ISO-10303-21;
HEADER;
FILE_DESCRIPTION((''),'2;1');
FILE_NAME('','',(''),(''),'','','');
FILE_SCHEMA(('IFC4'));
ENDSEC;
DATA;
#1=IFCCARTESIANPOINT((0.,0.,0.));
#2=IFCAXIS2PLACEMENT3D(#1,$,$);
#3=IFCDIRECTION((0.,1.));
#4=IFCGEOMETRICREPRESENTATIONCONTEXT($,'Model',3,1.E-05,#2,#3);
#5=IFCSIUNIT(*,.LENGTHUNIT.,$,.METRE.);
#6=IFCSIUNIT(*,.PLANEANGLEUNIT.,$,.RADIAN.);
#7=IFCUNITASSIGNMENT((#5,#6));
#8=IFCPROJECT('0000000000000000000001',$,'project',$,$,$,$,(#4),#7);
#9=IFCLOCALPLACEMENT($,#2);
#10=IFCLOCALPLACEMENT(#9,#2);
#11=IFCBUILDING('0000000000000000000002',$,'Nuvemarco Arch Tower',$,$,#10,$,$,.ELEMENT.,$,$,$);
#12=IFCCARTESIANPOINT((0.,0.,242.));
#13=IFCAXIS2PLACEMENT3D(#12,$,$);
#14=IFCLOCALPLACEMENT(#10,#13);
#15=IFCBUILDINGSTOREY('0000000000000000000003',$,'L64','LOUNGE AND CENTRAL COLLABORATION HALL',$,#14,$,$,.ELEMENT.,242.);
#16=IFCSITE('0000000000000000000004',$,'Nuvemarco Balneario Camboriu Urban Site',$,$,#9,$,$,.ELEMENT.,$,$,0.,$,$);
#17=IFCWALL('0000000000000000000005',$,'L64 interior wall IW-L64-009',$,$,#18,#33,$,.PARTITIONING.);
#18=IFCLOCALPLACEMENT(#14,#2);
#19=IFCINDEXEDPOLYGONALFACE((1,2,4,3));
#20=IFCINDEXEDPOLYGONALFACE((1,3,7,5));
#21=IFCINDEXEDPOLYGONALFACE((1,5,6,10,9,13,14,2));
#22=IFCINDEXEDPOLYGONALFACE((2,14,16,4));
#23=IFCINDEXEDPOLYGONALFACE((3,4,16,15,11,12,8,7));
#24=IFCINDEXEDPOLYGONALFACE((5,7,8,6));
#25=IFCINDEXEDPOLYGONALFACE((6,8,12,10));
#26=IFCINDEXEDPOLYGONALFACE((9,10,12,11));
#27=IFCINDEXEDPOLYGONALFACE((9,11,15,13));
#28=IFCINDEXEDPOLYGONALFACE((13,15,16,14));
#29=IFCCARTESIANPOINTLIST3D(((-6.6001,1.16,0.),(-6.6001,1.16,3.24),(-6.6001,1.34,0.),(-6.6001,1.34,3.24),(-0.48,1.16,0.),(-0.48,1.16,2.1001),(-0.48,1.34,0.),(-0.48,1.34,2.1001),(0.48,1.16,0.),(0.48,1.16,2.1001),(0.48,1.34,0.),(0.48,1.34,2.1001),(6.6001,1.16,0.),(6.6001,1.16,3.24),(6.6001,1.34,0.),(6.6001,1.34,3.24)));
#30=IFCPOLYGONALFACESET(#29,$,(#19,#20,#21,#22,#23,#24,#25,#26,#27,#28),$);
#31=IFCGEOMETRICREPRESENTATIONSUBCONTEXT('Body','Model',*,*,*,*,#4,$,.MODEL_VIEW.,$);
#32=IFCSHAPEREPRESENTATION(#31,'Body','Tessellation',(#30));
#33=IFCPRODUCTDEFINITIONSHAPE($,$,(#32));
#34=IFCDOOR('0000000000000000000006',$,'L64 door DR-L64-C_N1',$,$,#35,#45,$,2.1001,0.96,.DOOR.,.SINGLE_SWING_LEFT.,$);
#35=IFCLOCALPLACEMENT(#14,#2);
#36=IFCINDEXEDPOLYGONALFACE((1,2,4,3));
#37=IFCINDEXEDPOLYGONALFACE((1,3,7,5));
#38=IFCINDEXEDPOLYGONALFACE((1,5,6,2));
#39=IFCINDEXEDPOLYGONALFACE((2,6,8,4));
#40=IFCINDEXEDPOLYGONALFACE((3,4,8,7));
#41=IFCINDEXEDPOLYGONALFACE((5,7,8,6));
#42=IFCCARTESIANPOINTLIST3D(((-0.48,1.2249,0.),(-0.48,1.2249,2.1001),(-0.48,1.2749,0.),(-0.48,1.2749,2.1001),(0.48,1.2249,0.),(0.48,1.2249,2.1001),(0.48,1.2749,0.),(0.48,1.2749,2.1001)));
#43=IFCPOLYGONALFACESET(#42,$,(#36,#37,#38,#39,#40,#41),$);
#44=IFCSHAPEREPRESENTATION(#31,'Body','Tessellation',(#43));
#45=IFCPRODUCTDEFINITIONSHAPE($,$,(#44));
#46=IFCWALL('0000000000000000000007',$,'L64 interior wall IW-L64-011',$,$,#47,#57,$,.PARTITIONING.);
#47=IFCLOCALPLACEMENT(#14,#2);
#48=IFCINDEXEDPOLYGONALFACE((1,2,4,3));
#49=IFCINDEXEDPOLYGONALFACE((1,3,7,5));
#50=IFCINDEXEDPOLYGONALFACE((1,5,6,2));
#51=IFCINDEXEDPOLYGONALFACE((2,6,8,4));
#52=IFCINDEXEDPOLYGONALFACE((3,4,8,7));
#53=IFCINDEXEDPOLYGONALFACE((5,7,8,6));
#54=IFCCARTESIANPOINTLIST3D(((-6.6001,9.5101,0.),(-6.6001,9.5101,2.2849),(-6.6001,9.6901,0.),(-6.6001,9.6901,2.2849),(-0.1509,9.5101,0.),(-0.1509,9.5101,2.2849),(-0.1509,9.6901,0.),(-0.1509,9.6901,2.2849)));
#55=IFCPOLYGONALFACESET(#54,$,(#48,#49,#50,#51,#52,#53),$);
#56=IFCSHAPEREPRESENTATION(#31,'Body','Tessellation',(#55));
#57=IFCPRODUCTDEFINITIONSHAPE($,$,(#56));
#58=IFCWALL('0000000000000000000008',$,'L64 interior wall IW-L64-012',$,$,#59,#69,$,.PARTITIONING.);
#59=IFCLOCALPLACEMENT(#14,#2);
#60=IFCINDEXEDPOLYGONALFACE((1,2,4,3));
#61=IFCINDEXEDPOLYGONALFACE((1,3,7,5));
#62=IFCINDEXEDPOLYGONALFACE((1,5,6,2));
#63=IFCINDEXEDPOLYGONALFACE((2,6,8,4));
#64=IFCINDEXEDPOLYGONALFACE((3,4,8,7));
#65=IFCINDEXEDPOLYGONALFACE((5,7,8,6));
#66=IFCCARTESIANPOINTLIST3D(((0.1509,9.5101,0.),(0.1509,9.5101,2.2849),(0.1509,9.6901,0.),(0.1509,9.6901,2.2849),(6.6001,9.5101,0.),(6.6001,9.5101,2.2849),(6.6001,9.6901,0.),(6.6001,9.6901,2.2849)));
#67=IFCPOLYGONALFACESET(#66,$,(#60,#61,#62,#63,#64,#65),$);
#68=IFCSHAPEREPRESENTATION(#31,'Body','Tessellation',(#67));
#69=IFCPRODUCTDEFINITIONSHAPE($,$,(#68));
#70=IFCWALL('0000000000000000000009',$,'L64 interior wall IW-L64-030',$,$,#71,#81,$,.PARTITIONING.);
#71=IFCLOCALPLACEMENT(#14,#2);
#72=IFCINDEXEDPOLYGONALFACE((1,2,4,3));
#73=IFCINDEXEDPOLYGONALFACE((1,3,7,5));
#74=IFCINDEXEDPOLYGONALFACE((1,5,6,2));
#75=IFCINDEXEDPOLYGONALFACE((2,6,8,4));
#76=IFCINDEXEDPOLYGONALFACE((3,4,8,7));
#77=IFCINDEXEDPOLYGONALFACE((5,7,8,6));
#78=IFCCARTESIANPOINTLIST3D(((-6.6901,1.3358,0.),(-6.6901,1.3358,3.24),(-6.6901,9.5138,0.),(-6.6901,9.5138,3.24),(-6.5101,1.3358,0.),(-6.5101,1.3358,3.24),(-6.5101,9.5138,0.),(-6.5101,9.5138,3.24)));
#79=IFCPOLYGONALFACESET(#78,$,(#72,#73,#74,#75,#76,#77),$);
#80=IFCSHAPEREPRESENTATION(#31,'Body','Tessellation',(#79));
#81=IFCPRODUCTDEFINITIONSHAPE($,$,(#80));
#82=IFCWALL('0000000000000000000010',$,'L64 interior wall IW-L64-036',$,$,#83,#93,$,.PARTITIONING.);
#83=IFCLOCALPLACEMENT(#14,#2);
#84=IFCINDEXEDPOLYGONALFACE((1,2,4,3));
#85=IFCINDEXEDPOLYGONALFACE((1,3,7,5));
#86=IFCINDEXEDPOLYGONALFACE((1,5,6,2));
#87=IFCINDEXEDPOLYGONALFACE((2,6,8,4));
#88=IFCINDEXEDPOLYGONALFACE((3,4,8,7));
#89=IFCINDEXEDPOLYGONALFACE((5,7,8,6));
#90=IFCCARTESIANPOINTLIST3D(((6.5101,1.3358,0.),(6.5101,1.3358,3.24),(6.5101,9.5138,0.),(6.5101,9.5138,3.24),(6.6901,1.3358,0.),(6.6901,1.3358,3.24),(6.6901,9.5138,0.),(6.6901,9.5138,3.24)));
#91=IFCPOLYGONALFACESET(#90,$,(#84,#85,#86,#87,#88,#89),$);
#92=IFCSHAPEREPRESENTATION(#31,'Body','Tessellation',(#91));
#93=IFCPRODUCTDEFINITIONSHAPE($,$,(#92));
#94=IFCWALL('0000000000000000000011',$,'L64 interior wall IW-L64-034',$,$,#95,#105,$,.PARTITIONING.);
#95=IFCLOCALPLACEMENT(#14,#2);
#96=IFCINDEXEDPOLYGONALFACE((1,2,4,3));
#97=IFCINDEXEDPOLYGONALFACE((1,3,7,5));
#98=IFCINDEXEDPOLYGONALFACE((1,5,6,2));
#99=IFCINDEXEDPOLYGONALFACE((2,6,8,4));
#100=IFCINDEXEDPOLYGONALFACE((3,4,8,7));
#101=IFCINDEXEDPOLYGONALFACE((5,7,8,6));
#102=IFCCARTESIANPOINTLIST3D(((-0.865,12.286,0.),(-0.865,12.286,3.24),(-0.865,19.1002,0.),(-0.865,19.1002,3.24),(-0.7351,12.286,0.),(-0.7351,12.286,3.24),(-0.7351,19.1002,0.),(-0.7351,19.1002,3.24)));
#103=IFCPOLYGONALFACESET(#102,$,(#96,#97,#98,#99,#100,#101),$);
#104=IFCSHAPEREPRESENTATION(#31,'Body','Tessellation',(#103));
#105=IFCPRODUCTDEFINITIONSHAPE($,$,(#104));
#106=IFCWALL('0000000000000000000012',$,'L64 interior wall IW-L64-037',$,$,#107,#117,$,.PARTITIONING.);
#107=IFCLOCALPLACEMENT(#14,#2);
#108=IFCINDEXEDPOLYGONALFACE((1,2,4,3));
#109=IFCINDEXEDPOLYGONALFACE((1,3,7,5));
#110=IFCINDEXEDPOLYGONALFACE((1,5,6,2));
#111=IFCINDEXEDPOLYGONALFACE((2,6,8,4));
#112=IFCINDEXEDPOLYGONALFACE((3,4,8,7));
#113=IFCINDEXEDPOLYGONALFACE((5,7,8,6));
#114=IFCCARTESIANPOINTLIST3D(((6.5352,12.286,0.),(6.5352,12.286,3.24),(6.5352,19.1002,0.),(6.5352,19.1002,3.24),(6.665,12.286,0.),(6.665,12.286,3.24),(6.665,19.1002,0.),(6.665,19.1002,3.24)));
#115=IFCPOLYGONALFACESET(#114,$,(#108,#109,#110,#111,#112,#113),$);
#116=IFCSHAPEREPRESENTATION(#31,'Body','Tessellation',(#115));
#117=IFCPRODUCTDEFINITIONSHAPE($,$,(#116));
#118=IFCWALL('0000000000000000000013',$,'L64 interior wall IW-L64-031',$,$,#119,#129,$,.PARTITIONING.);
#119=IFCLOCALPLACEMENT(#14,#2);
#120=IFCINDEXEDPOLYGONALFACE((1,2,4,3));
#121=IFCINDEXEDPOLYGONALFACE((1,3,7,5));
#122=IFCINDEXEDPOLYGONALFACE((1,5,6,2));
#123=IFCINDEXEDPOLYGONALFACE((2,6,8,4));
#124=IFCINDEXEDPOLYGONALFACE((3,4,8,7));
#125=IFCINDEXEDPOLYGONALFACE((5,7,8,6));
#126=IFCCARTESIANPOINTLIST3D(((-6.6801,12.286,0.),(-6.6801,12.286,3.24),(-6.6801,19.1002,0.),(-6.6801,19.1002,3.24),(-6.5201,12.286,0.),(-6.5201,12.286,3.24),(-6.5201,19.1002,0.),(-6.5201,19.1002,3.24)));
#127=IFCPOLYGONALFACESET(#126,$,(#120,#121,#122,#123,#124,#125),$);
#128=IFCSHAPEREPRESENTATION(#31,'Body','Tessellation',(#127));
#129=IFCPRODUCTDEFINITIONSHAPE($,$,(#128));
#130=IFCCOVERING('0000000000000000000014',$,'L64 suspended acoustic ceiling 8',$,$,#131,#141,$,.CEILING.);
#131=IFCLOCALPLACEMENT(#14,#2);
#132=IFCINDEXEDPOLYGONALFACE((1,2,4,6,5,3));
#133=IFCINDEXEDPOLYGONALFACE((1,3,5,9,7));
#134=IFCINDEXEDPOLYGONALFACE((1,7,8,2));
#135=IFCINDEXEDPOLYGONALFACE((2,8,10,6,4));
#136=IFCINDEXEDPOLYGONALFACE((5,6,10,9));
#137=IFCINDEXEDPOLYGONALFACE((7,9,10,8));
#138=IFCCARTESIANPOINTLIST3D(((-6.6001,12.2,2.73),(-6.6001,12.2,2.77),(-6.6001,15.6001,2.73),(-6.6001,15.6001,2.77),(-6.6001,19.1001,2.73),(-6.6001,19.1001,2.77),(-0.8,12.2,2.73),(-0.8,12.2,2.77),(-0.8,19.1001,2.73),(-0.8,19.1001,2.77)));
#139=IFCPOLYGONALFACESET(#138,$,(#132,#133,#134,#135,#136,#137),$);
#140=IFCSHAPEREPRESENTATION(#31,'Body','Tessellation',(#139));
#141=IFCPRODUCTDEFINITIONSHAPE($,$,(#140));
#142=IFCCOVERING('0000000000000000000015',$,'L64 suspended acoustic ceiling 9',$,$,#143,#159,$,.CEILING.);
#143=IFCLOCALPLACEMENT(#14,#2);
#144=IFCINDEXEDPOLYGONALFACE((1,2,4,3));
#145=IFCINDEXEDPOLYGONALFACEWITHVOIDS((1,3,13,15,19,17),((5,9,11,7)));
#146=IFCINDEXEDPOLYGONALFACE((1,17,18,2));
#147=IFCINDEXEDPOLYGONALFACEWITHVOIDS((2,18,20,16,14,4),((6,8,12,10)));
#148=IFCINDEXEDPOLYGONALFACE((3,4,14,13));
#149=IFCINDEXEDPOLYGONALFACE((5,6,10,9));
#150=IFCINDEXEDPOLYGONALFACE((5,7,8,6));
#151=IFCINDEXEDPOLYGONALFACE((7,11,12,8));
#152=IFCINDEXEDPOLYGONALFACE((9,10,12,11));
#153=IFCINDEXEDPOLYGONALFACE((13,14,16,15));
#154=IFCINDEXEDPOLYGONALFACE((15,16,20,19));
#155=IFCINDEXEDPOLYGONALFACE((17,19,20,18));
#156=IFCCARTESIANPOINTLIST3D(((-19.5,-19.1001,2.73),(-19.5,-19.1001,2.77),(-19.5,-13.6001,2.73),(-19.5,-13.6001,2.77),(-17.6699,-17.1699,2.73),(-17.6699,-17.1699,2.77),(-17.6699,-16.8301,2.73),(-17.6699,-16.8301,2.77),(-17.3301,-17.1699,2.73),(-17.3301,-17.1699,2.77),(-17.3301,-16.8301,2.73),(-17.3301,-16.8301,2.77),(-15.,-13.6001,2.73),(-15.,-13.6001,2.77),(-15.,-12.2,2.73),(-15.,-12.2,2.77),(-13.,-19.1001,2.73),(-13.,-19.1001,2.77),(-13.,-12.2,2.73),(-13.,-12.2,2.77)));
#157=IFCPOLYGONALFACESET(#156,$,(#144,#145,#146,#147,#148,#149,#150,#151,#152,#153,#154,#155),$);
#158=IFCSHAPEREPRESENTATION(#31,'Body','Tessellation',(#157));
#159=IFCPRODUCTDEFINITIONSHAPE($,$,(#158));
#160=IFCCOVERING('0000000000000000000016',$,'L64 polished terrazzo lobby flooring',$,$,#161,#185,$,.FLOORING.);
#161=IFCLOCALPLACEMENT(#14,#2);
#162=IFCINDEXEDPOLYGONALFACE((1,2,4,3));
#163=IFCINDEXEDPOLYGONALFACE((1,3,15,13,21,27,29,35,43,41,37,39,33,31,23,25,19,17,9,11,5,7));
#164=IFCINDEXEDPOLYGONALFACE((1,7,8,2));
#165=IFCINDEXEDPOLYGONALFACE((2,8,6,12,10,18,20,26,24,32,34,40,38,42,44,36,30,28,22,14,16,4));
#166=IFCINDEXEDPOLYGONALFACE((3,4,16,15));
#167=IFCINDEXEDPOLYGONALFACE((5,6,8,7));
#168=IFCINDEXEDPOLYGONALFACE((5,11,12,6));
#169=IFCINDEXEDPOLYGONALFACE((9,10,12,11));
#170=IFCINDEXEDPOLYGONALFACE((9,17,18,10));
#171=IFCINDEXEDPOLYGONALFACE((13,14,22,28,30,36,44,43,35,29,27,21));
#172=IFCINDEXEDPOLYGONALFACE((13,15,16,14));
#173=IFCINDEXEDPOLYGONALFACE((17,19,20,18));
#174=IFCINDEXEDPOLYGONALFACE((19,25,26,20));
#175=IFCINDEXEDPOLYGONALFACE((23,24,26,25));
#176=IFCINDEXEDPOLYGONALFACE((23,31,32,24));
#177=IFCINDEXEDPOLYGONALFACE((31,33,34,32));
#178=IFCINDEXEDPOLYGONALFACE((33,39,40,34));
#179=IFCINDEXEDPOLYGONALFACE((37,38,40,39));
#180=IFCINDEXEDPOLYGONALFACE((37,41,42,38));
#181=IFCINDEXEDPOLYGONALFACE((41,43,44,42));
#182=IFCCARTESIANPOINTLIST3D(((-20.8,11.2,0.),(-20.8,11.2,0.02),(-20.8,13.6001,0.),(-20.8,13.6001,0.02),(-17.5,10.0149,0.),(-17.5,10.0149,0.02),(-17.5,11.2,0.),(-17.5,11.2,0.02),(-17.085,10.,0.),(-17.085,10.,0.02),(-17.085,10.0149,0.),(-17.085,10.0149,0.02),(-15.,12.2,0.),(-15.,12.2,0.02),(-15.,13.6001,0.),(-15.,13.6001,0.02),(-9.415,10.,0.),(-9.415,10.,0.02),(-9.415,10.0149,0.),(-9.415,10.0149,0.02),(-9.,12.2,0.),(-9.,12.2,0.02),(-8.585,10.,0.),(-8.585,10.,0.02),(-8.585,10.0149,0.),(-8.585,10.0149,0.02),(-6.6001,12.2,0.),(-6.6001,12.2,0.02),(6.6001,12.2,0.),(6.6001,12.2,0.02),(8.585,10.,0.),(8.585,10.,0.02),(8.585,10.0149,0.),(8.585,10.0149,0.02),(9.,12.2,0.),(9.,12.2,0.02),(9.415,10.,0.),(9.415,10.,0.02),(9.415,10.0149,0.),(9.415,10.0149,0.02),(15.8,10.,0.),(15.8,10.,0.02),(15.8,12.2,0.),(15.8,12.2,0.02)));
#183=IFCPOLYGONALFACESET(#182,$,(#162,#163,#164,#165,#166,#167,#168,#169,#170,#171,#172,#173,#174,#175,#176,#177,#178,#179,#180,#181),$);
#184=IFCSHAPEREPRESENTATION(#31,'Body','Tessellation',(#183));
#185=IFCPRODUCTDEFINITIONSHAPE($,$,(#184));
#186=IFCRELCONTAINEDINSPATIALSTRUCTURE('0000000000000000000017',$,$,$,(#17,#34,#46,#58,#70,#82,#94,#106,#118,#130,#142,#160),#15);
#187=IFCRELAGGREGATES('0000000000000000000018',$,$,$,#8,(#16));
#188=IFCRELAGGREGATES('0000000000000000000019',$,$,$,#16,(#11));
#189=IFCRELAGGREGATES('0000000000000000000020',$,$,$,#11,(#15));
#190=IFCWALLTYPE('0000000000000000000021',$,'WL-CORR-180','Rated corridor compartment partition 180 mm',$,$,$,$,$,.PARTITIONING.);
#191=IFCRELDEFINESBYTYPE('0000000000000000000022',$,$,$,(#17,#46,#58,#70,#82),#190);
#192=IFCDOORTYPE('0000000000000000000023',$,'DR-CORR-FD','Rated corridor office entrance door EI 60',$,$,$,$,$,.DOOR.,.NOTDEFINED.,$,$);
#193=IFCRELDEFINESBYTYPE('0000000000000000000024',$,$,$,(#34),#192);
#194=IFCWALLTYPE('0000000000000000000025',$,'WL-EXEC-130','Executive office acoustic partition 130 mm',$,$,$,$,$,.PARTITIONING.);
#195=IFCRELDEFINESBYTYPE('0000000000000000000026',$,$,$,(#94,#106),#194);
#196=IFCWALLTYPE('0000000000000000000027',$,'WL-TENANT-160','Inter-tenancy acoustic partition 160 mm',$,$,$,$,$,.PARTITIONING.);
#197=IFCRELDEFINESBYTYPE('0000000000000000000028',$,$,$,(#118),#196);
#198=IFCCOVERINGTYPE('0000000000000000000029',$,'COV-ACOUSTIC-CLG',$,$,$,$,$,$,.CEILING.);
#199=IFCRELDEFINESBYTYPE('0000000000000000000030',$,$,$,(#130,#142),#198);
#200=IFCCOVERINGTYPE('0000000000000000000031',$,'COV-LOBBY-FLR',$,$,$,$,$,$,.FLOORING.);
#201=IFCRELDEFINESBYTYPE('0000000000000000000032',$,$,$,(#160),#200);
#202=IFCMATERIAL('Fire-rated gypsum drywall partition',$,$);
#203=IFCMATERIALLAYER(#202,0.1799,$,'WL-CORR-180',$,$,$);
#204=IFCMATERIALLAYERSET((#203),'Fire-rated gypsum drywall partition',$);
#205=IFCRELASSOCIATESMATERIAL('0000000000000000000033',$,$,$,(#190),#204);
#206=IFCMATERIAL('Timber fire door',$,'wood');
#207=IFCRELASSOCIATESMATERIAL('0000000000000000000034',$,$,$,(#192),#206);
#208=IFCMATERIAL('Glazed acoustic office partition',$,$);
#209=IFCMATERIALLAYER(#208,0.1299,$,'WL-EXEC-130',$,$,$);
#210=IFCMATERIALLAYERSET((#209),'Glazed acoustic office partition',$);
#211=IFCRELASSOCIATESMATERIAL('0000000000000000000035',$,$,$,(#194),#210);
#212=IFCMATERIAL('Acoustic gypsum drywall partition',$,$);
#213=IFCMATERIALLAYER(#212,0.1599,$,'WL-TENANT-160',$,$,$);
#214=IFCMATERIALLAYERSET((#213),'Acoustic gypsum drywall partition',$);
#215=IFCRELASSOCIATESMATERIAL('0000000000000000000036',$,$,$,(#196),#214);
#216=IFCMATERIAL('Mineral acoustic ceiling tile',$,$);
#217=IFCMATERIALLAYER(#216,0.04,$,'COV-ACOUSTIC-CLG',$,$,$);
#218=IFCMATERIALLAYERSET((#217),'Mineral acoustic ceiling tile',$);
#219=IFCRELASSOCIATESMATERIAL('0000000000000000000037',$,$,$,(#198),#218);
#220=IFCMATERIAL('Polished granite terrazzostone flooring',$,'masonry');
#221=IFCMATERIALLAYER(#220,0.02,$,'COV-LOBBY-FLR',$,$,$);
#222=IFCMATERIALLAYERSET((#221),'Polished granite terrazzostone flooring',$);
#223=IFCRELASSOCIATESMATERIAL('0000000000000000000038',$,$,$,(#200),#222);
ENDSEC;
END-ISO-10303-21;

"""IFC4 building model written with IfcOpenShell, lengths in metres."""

from ifc_helpers import new_model, si_unit, direction, frame, frame_2d, origin, place, context, subcontext, project, spatial, polyline, rectangle, outline, extrude, source, transform, mapped, material, layer, layer_set, type_object, type_shapes, element, fill, save


model = new_model("IFC4")

# Units and contexts
model_context = context("Model", 3, precision=1e-05, world=origin(), true_north=direction((0.0, 1.0)))
body_context = subcontext(model_context, "Body", "Model", "MODEL_VIEW")
ifc_project = project(units=[si_unit("LENGTHUNIT", "METRE"), si_unit("PLANEANGLEUNIT", "RADIAN")], contexts=[model_context])

# Site, building, storey
site_placement = place(None, origin())
site = spatial("IfcSite", under=ifc_project, at=site_placement, Name="Nuvemarco Balneario Camboriu Urban Site", CompositionType="ELEMENT", RefElevation=0.0)
building_placement = place(site_placement, origin())
building = spatial("IfcBuilding", under=site, at=building_placement, Name="Nuvemarco Arch Tower", CompositionType="ELEMENT")
storey_placement = place(building_placement, frame((0.0, 0.0, 242.0)))
storey = spatial("IfcBuildingStorey", under=building, at=storey_placement, Name="L64", Description="LOUNGE AND CENTRAL COLLABORATION HALL", CompositionType="ELEMENT", Elevation=242.0)

# Wall, opening, door
ifc_material_1 = material(Name="Fire-rated gypsum drywall partition")
ifc_layer_1 = layer(ifc_material_1, 0.1799, Name="WL-CORR-180")
ifc_layer_set_1 = layer_set([ifc_layer_1], Name="Fire-rated gypsum drywall partition")
wall_type_1 = type_object("IfcWallType", Name="WL-CORR-180", Description="Rated corridor compartment partition 180 mm", PredefinedType="PARTITIONING", material=ifc_layer_set_1)
wall_1_placement = place(storey_placement, frame((-6.6001, 1.25, 0.0), z_axis=(0.0, 0.0, 1.0), x_axis=(1.0, 0.0, 0.0)))
wall_1 = element("IfcWall", 1, at=wall_1_placement, inside=storey, type_object=wall_type_1, Name="L64 interior wall IW-L64-009", PredefinedType="PARTITIONING", context=body_context, shape_type="SweptSolid", body=[
    extrude(rectangle(XDim=13.2002, YDim=0.1799, at=frame_2d((6.6001, 0.0))), origin(), (0.0, 0.0, 1.0), 3.24),
])
opening_placement = place(wall_1_placement, frame((6.1201, 0.0, 0.0)))
opening = element("IfcOpeningElement", 2, at=opening_placement, cuts=wall_1, PredefinedType="OPENING", context=body_context, shape_type="SweptSolid", body=[
    extrude(rectangle(XDim=0.96, YDim=2.1001, at=frame_2d((0.48, 1.05))), frame((0.0, 0.0999, 0.0), z_axis=(0.0, -1.0, 0.0), x_axis=(1.0, 0.0, 0.0)), (0.0, 0.0, 1.0), 0.2),
])
ifc_material_2 = material(Name="Timber fire door", Category="wood")
door_type = type_object("IfcDoorType", Name="DR-CORR-FD", Description="Rated corridor office entrance door EI 60", OperationType="NOTDEFINED", PredefinedType="DOOR", material=ifc_material_2)
shared_shape_1 = source(origin(), body_context, "Body", "SweptSolid", [
    extrude(rectangle(XDim=0.96, YDim=2.1001, at=frame_2d((0.48, 1.05))), frame((0.0, 0.0249, 0.0), z_axis=(0.0, -1.0, 0.0), x_axis=(1.0, 0.0, 0.0)), (0.0, 0.0, 1.0), 0.05),
])
type_shapes(door_type, [shared_shape_1])
door_placement = place(opening_placement, origin())
door = element("IfcDoor", 3, at=door_placement, inside=storey, type_object=door_type, Name="L64 door DR-L64-C_N1", OperationType="SINGLE_SWING_LEFT", OverallHeight=2.1001, OverallWidth=0.96, PredefinedType="DOOR", context=body_context, shape_type="MappedRepresentation", body=[
    mapped(shared_shape_1, transform((0.0, 0.0, 0.0), scale=1.0)),
])
fill(opening, door)

# Walls
for number, where, z_axis, x_axis, name in (
    (4, (-6.6001, 9.6001, 0.0), (0.0, 0.0, 1.0), (1.0, 0.0, 0.0), "L64 interior wall IW-L64-011"),
    (5, (0.1509, 9.6001, 0.0), (0.0, 0.0, 1.0), (1.0, 0.0, 0.0), "L64 interior wall IW-L64-012"),
):
    element("IfcWall", number, at=place(storey_placement, frame(where, z_axis=z_axis, x_axis=x_axis)), inside=storey, type_object=wall_type_1, Name=name, PredefinedType="PARTITIONING", context=body_context, shape_type="SweptSolid", body=[
        extrude(rectangle(XDim=6.4492, YDim=0.1799, at=frame_2d((3.2246, 0.0))), origin(), (0.0, 0.0, 1.0), 2.2849),
    ])
for number, where, z_axis, x_axis, name in (
    (6, (-6.6001, 1.3359, 0.0), (0.0, 0.0, 1.0), (0.0, 1.0, 0.0), "L64 interior wall IW-L64-030"),
    (7, (6.6001, 1.3359, 0.0), (0.0, 0.0, 1.0), (0.0, 1.0, 0.0), "L64 interior wall IW-L64-036"),
):
    element("IfcWall", number, at=place(storey_placement, frame(where, z_axis=z_axis, x_axis=x_axis)), inside=storey, type_object=wall_type_1, Name=name, PredefinedType="PARTITIONING", context=body_context, shape_type="SweptSolid", body=[
        extrude(rectangle(XDim=8.178, YDim=0.1799, at=frame_2d((4.0889, 0.0))), origin(), (0.0, 0.0, 1.0), 3.24),
    ])
ifc_material_3 = material(Name="Glazed acoustic office partition")
ifc_layer_2 = layer(ifc_material_3, 0.1299, Name="WL-EXEC-130")
ifc_layer_set_2 = layer_set([ifc_layer_2], Name="Glazed acoustic office partition")
wall_type_2 = type_object("IfcWallType", Name="WL-EXEC-130", Description="Executive office acoustic partition 130 mm", PredefinedType="PARTITIONING", material=ifc_layer_set_2)
for number, where, z_axis, x_axis, name in (
    (8, (-0.8, 12.2859, 0.0), (0.0, 0.0, 1.0), (0.0, 1.0, 0.0), "L64 interior wall IW-L64-034"),
    (9, (6.6001, 12.2859, 0.0), (0.0, 0.0, 1.0), (0.0, 1.0, 0.0), "L64 interior wall IW-L64-037"),
):
    element("IfcWall", number, at=place(storey_placement, frame(where, z_axis=z_axis, x_axis=x_axis)), inside=storey, type_object=wall_type_2, Name=name, PredefinedType="PARTITIONING", context=body_context, shape_type="SweptSolid", body=[
        extrude(rectangle(XDim=6.8142, YDim=0.1299, at=frame_2d((3.4072, 0.0))), origin(), (0.0, 0.0, 1.0), 3.24),
    ])
ifc_material_4 = material(Name="Acoustic gypsum drywall partition")
ifc_layer_3 = layer(ifc_material_4, 0.1599, Name="WL-TENANT-160")
ifc_layer_set_3 = layer_set([ifc_layer_3], Name="Acoustic gypsum drywall partition")
wall_type_3 = type_object("IfcWallType", Name="WL-TENANT-160", Description="Inter-tenancy acoustic partition 160 mm", PredefinedType="PARTITIONING", material=ifc_layer_set_3)
wall_2_placement = place(storey_placement, frame((-6.6001, 12.2859, 0.0), z_axis=(0.0, 0.0, 1.0), x_axis=(0.0, 1.0, 0.0)))
element("IfcWall", 10, at=wall_2_placement, inside=storey, type_object=wall_type_3, Name="L64 interior wall IW-L64-031", PredefinedType="PARTITIONING", context=body_context, shape_type="SweptSolid", body=[
    extrude(rectangle(XDim=6.8142, YDim=0.1599, at=frame_2d((3.4072, 0.0))), origin(), (0.0, 0.0, 1.0), 3.24),
])

# Coverings
ifc_material_5 = material(Name="Mineral acoustic ceiling tile")
ifc_layer_4 = layer(ifc_material_5, 0.04, Name="COV-ACOUSTIC-CLG")
ifc_layer_set_4 = layer_set([ifc_layer_4], Name="Mineral acoustic ceiling tile")
covering_type_1 = type_object("IfcCoveringType", Name="COV-ACOUSTIC-CLG", PredefinedType="CEILING", material=ifc_layer_set_4)
covering_1_placement = place(storey_placement, frame((0.0, 0.0, 2.73)))
element("IfcCovering", 11, at=covering_1_placement, inside=storey, type_object=covering_type_1, Name="L64 suspended acoustic ceiling 8", PredefinedType="CEILING", context=body_context, shape_type="SweptSolid", body=[
    extrude(outline(polyline([(-0.8, 12.2), (-6.6001, 12.2), (-6.6001, 15.6001), (-6.6001, 19.1001), (-0.8, 19.1001), (-0.8, 12.2)])), origin(), (0.0, 0.0, 1.0), 0.04),
])
covering_2_placement = place(storey_placement, frame((0.0, 0.0, 2.73)))
element("IfcCovering", 12, at=covering_2_placement, inside=storey, type_object=covering_type_1, Name="L64 suspended acoustic ceiling 9", PredefinedType="CEILING", context=body_context, shape_type="SweptSolid", body=[
    extrude(outline(polyline([(-13.0, -12.2), (-13.0, -19.1001), (-19.5, -19.1001), (-19.5, -13.6001), (-15.0, -13.6001), (-15.0, -12.2), (-13.0, -12.2)]), holes=[polyline([(-17.3301, -16.8301), (-17.6699, -16.8301), (-17.6699, -17.1699), (-17.3301, -17.1699), (-17.3301, -16.8301)])]), origin(), (0.0, 0.0, 1.0), 0.04),
])
ifc_material_6 = material(Name="Polished granite terrazzostone flooring", Category="masonry")
ifc_layer_5 = layer(ifc_material_6, 0.02, Name="COV-LOBBY-FLR")
ifc_layer_set_5 = layer_set([ifc_layer_5], Name="Polished granite terrazzostone flooring")
covering_type_2 = type_object("IfcCoveringType", Name="COV-LOBBY-FLR", PredefinedType="FLOORING", material=ifc_layer_set_5)
covering_3_placement = place(storey_placement, origin())
element("IfcCovering", 13, at=covering_3_placement, inside=storey, type_object=covering_type_2, Name="L64 polished terrazzo lobby flooring", PredefinedType="FLOORING", context=body_context, shape_type="SweptSolid", body=[
    extrude(outline(polyline([(-8.585, 10.0149), (-9.415, 10.0149), (-9.415, 10.0), (-17.085, 10.0), (-17.085, 10.0149), (-17.5, 10.0149), (-17.5, 11.2), (-20.8, 11.2), (-20.8, 13.6001), (-15.0, 13.6001), (-15.0, 12.2), (-9.0, 12.2), (-6.6001, 12.2), (6.6001, 12.2), (9.0, 12.2), (15.8, 12.2), (15.8, 10.0), (9.415, 10.0), (9.415, 10.0149), (8.585, 10.0149), (8.585, 10.0), (-8.585, 10.0), (-8.585, 10.0149)])), origin(), (0.0, 0.0, 1.0), 0.02),
])

save(model, "model.ifc")
